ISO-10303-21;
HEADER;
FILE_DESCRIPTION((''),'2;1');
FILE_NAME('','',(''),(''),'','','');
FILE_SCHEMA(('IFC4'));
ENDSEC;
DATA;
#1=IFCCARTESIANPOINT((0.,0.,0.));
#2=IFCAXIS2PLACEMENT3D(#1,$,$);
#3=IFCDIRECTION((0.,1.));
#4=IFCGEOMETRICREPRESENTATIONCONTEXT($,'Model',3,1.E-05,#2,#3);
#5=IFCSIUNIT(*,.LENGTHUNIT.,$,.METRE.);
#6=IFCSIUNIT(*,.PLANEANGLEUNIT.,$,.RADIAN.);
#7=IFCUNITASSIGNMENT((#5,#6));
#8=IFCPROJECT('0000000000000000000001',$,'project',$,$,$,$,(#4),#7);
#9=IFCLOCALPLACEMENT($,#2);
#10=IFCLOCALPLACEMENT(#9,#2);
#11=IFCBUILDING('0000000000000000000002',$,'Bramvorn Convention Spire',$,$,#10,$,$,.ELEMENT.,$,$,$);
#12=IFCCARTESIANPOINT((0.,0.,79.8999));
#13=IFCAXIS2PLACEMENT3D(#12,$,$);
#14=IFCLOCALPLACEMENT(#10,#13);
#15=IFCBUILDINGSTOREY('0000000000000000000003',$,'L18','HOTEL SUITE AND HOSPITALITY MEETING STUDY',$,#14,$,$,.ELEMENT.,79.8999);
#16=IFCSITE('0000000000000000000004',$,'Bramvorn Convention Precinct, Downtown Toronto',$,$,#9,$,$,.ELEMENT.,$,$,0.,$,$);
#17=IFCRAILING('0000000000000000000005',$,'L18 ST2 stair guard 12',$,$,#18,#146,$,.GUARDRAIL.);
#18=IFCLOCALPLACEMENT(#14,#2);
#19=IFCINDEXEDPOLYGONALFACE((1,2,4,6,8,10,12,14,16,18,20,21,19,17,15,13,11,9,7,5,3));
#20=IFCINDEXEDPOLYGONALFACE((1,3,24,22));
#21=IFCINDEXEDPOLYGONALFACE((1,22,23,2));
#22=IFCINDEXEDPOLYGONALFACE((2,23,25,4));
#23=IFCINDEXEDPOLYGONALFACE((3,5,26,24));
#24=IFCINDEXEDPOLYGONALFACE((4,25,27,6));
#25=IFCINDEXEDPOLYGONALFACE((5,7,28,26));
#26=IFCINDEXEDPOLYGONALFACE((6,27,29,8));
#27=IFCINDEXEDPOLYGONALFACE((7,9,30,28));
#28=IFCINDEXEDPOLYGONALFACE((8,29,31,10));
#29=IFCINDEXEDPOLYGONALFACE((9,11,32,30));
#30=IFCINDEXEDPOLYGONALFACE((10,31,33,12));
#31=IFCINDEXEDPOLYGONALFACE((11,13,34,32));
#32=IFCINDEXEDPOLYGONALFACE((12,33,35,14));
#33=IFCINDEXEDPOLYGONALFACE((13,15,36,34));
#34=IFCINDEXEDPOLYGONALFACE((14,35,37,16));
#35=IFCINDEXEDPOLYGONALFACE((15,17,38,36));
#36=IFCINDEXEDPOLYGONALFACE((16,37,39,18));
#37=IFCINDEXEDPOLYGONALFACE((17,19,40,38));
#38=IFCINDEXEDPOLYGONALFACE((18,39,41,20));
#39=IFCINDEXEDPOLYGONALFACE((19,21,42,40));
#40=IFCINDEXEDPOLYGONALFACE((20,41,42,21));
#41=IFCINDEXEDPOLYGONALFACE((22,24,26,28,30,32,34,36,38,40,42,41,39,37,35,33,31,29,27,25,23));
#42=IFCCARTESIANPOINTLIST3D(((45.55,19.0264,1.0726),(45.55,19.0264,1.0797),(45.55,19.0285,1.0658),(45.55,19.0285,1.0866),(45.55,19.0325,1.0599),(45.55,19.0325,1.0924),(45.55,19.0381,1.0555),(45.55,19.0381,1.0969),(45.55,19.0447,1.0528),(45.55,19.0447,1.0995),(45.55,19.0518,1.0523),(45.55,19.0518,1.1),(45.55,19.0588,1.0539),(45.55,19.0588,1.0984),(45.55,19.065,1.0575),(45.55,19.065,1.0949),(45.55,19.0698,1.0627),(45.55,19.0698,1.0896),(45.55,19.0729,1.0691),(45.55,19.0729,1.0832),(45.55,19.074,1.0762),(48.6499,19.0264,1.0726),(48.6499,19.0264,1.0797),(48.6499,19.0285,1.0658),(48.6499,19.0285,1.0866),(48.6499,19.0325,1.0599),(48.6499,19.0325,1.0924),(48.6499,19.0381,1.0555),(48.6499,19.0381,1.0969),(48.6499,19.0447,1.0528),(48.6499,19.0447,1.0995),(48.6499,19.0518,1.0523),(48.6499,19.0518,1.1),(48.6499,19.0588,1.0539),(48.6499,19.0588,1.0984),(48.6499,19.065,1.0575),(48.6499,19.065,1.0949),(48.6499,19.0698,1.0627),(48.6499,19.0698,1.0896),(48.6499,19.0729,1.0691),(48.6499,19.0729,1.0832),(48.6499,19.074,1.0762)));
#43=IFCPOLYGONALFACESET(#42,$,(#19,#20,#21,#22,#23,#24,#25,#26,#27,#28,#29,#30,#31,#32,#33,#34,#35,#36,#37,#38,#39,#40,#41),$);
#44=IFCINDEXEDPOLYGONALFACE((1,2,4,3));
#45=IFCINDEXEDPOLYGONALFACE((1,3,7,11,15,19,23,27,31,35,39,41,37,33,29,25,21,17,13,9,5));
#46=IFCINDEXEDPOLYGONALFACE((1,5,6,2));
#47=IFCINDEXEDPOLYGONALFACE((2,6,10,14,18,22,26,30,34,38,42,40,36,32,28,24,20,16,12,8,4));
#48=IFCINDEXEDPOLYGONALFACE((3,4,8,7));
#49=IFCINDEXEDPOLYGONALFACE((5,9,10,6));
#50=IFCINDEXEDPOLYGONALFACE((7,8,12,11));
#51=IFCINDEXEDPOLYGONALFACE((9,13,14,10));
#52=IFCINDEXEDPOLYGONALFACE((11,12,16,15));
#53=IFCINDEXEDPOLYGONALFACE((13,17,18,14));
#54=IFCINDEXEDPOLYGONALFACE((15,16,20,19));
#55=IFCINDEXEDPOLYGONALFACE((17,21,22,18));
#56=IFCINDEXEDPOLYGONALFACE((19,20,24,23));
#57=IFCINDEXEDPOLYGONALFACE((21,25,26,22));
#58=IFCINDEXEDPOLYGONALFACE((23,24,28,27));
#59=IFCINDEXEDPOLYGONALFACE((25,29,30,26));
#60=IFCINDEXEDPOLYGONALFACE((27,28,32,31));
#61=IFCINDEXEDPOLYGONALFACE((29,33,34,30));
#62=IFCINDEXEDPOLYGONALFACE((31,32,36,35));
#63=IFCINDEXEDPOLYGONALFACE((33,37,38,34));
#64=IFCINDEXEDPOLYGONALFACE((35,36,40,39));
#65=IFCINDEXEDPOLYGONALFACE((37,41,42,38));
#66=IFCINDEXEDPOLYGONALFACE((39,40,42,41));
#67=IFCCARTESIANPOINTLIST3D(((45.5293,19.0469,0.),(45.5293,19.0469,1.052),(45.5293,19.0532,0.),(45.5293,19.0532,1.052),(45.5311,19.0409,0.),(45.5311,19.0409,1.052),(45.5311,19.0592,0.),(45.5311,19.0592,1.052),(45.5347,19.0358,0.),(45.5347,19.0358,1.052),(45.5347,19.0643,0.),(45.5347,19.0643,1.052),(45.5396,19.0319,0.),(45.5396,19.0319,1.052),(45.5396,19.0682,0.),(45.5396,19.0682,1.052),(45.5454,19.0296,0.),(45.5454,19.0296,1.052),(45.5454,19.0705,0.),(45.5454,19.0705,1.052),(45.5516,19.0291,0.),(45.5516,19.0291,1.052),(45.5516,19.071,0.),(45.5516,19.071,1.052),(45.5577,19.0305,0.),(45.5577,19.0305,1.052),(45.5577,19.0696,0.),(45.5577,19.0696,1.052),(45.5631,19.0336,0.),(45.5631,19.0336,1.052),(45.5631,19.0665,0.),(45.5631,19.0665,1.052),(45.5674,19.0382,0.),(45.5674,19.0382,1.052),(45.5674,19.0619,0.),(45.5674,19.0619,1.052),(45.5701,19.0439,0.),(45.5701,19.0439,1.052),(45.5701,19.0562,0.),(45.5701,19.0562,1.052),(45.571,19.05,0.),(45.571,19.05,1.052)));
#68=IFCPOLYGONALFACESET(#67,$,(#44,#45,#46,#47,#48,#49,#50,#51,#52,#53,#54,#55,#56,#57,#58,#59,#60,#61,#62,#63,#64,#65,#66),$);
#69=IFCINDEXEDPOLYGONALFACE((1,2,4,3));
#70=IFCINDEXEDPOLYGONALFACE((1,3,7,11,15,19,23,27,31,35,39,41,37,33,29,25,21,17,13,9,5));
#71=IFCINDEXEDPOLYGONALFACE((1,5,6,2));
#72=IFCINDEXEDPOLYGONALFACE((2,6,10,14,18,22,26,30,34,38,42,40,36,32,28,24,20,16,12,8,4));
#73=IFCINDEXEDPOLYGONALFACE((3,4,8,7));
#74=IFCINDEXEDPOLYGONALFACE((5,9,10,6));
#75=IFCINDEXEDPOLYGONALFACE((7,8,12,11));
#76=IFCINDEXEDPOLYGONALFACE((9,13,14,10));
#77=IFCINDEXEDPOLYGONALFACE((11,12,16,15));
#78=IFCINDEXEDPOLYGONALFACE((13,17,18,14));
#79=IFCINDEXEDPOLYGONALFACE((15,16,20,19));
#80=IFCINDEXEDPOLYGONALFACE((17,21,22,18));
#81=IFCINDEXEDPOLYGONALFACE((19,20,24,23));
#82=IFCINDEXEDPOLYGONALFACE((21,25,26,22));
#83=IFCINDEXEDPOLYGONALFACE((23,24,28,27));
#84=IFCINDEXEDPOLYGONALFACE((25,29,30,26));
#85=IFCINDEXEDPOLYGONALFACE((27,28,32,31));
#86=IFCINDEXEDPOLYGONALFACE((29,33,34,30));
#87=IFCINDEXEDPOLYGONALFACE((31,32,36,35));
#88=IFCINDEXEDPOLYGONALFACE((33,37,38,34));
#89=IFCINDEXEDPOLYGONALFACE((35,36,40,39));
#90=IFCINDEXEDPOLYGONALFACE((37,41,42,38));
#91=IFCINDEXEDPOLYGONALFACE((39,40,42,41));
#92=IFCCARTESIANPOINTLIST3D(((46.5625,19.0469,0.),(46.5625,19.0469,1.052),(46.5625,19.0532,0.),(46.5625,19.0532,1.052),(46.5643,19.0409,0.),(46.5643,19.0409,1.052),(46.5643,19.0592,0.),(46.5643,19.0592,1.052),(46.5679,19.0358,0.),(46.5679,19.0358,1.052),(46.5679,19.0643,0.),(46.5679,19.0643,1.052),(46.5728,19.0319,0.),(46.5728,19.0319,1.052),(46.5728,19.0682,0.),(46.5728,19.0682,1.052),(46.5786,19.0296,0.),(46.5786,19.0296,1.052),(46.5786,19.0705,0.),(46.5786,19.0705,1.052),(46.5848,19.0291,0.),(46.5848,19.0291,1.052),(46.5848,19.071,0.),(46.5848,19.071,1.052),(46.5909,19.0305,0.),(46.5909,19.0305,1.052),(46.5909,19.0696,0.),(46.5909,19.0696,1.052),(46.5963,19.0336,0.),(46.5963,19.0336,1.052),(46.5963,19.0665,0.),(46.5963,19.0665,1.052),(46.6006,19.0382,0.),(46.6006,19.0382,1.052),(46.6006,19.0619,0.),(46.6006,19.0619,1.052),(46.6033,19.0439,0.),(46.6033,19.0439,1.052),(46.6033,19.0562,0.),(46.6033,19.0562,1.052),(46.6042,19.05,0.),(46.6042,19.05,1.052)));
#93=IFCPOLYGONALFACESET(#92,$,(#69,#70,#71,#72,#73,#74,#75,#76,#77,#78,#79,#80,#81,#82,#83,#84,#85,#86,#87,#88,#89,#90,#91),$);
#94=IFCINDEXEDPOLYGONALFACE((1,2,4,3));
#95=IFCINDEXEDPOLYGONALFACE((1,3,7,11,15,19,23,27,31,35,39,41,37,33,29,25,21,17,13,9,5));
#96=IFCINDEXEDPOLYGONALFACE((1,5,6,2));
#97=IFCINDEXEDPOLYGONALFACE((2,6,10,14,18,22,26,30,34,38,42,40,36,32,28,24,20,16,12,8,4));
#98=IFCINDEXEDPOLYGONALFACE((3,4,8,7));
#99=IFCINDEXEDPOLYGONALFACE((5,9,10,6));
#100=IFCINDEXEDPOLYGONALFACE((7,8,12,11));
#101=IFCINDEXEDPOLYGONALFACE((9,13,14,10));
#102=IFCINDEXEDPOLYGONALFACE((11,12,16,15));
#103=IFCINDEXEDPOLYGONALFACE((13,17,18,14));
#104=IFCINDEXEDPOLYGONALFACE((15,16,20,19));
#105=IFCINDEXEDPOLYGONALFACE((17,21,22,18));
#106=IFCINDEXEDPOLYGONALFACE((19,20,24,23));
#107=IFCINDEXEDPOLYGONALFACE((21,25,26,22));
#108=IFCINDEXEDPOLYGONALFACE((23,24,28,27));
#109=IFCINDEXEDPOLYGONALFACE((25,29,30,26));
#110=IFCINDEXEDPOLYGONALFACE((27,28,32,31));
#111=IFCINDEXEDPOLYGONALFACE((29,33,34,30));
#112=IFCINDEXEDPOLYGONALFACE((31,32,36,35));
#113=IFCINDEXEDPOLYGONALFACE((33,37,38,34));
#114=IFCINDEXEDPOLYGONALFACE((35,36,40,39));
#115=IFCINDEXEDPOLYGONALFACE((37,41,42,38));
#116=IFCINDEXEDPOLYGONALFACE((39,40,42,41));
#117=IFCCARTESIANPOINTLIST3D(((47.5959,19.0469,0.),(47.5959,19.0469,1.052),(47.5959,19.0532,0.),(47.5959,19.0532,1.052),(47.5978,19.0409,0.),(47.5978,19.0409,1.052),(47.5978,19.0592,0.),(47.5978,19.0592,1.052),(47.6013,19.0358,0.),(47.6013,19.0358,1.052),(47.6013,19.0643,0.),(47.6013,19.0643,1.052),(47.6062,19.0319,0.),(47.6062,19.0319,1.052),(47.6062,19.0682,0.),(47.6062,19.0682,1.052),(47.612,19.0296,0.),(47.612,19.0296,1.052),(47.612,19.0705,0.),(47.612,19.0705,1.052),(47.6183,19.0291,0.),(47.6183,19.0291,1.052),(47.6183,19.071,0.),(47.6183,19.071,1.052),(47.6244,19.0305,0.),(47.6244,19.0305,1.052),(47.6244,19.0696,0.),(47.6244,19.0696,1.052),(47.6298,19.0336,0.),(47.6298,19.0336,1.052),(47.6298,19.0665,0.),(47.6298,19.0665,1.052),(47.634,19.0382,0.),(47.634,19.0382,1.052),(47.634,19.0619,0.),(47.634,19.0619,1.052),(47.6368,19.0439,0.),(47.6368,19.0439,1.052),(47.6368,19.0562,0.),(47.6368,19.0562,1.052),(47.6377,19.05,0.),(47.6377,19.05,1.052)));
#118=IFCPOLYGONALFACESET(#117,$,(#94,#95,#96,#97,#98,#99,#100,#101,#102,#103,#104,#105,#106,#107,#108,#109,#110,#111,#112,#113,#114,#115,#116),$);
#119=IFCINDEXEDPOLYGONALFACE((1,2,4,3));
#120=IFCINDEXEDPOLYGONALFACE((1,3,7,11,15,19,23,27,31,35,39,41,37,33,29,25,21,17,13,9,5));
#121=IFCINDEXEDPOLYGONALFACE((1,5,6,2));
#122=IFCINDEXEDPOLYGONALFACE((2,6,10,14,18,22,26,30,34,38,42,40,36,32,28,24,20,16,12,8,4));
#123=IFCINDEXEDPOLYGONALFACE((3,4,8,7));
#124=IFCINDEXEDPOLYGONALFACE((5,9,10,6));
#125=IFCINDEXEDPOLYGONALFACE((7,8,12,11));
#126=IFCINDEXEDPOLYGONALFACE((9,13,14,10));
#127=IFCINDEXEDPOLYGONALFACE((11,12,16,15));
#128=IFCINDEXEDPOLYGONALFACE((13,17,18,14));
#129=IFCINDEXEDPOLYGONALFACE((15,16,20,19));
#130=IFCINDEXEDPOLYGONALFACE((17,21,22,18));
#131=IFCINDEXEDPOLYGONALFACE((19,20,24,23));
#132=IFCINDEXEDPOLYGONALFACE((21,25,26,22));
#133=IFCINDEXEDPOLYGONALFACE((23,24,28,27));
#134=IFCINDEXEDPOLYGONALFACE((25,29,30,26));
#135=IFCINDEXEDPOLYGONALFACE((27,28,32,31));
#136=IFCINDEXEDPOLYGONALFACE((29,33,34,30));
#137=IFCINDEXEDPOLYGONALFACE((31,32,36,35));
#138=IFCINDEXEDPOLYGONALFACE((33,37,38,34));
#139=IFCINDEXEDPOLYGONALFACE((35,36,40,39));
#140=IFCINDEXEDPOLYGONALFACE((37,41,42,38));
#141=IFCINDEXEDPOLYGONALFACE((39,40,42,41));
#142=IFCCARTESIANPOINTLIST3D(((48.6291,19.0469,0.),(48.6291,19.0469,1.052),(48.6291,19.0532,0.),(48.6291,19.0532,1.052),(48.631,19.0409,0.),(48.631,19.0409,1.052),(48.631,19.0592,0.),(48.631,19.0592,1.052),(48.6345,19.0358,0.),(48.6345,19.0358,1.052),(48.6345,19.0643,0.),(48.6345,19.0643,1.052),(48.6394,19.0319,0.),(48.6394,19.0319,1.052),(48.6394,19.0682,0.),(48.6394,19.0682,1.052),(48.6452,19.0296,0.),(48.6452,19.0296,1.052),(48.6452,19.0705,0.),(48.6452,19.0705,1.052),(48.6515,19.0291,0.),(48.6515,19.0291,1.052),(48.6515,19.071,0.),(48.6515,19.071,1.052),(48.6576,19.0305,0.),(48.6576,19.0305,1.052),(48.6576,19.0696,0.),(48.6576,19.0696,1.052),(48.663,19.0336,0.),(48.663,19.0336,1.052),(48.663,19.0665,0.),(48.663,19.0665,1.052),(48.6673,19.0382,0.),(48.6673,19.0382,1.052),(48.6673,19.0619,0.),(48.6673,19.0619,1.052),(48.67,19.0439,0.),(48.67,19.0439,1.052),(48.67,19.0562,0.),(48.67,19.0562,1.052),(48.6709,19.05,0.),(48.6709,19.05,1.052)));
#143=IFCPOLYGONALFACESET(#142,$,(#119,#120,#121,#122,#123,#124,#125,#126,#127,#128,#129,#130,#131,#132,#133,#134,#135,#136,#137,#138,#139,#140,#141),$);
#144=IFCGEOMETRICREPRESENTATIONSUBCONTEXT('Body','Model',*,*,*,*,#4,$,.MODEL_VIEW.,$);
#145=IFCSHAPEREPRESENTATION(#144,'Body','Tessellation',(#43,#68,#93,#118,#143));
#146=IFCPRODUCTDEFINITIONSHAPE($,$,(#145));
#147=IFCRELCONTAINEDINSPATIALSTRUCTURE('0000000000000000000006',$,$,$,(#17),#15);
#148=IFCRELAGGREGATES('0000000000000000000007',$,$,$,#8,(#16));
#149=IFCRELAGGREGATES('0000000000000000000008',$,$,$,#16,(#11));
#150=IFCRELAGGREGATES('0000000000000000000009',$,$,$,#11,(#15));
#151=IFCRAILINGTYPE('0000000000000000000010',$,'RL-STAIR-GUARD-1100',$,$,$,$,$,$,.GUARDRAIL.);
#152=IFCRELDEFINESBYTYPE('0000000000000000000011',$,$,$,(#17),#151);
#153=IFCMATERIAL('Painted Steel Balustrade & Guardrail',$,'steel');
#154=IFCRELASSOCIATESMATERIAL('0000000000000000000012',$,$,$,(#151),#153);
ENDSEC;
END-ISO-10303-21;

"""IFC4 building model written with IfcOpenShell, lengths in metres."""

from ifc_helpers import new_model, si_unit, direction, frame, origin, origin_2d, place, context, subcontext, project, spatial, circle, extrude, material, type_object, element, save


model = new_model("IFC4")

# Units and contexts
model_context = context("Model", 3, precision=1e-05, world=origin(), true_north=direction((0.0, 1.0)))
body_context = subcontext(model_context, "Body", "Model", "MODEL_VIEW")
ifc_project = project(units=[si_unit("LENGTHUNIT", "METRE"), si_unit("PLANEANGLEUNIT", "RADIAN")], contexts=[model_context])

# Site, building, storey
site_placement = place(None, origin())
site = spatial("IfcSite", under=ifc_project, at=site_placement, Name="Bramvorn Convention Precinct, Downtown Toronto", CompositionType="ELEMENT", RefElevation=0.0)
building_placement = place(site_placement, origin())
building = spatial("IfcBuilding", under=site, at=building_placement, Name="Bramvorn Convention Spire", CompositionType="ELEMENT")
storey_placement = place(building_placement, frame((0.0, 0.0, 79.8999)))
storey = spatial("IfcBuildingStorey", under=building, at=storey_placement, Name="L18", Description="HOTEL SUITE AND HOSPITALITY MEETING STUDY", CompositionType="ELEMENT", Elevation=79.8999)

# Railing
ifc_material_1 = material(Name="Painted Steel Balustrade & Guardrail", Category="steel")
railing_type_1 = type_object("IfcRailingType", Name="RL-STAIR-GUARD-1100", PredefinedType="GUARDRAIL", material=ifc_material_1)
railing_1_placement = place(storey_placement, frame((45.55, 19.05, 0.0)))
element("IfcRailing", 1, at=railing_1_placement, inside=storey, type_object=railing_type_1, Name="L18 ST2 stair guard 12", PredefinedType="GUARDRAIL", context=body_context, shape_type="SweptSolid", body=[
    extrude(circle(Radius=0.0239, at=origin_2d()), frame((0.0, 0.0, 1.0762), z_axis=(1.0, 0.0, 0.0), x_axis=(0.0, 1.0, 0.0)), (0.0, 0.0, 1.0), 3.0999),
    extrude(circle(Radius=0.021, at=origin_2d()), origin(), (0.0, 0.0, 1.0), 1.052),
    extrude(circle(Radius=0.021, at=origin_2d()), frame((1.0332, 0.0, 0.0)), (0.0, 0.0, 1.0), 1.052),
    extrude(circle(Radius=0.021, at=origin_2d()), frame((2.0667, 0.0, 0.0)), (0.0, 0.0, 1.0), 1.052),
    extrude(circle(Radius=0.021, at=origin_2d()), frame((3.0999, 0.0, 0.0)), (0.0, 0.0, 1.0), 1.052),
])

save(model, "model.ifc")
